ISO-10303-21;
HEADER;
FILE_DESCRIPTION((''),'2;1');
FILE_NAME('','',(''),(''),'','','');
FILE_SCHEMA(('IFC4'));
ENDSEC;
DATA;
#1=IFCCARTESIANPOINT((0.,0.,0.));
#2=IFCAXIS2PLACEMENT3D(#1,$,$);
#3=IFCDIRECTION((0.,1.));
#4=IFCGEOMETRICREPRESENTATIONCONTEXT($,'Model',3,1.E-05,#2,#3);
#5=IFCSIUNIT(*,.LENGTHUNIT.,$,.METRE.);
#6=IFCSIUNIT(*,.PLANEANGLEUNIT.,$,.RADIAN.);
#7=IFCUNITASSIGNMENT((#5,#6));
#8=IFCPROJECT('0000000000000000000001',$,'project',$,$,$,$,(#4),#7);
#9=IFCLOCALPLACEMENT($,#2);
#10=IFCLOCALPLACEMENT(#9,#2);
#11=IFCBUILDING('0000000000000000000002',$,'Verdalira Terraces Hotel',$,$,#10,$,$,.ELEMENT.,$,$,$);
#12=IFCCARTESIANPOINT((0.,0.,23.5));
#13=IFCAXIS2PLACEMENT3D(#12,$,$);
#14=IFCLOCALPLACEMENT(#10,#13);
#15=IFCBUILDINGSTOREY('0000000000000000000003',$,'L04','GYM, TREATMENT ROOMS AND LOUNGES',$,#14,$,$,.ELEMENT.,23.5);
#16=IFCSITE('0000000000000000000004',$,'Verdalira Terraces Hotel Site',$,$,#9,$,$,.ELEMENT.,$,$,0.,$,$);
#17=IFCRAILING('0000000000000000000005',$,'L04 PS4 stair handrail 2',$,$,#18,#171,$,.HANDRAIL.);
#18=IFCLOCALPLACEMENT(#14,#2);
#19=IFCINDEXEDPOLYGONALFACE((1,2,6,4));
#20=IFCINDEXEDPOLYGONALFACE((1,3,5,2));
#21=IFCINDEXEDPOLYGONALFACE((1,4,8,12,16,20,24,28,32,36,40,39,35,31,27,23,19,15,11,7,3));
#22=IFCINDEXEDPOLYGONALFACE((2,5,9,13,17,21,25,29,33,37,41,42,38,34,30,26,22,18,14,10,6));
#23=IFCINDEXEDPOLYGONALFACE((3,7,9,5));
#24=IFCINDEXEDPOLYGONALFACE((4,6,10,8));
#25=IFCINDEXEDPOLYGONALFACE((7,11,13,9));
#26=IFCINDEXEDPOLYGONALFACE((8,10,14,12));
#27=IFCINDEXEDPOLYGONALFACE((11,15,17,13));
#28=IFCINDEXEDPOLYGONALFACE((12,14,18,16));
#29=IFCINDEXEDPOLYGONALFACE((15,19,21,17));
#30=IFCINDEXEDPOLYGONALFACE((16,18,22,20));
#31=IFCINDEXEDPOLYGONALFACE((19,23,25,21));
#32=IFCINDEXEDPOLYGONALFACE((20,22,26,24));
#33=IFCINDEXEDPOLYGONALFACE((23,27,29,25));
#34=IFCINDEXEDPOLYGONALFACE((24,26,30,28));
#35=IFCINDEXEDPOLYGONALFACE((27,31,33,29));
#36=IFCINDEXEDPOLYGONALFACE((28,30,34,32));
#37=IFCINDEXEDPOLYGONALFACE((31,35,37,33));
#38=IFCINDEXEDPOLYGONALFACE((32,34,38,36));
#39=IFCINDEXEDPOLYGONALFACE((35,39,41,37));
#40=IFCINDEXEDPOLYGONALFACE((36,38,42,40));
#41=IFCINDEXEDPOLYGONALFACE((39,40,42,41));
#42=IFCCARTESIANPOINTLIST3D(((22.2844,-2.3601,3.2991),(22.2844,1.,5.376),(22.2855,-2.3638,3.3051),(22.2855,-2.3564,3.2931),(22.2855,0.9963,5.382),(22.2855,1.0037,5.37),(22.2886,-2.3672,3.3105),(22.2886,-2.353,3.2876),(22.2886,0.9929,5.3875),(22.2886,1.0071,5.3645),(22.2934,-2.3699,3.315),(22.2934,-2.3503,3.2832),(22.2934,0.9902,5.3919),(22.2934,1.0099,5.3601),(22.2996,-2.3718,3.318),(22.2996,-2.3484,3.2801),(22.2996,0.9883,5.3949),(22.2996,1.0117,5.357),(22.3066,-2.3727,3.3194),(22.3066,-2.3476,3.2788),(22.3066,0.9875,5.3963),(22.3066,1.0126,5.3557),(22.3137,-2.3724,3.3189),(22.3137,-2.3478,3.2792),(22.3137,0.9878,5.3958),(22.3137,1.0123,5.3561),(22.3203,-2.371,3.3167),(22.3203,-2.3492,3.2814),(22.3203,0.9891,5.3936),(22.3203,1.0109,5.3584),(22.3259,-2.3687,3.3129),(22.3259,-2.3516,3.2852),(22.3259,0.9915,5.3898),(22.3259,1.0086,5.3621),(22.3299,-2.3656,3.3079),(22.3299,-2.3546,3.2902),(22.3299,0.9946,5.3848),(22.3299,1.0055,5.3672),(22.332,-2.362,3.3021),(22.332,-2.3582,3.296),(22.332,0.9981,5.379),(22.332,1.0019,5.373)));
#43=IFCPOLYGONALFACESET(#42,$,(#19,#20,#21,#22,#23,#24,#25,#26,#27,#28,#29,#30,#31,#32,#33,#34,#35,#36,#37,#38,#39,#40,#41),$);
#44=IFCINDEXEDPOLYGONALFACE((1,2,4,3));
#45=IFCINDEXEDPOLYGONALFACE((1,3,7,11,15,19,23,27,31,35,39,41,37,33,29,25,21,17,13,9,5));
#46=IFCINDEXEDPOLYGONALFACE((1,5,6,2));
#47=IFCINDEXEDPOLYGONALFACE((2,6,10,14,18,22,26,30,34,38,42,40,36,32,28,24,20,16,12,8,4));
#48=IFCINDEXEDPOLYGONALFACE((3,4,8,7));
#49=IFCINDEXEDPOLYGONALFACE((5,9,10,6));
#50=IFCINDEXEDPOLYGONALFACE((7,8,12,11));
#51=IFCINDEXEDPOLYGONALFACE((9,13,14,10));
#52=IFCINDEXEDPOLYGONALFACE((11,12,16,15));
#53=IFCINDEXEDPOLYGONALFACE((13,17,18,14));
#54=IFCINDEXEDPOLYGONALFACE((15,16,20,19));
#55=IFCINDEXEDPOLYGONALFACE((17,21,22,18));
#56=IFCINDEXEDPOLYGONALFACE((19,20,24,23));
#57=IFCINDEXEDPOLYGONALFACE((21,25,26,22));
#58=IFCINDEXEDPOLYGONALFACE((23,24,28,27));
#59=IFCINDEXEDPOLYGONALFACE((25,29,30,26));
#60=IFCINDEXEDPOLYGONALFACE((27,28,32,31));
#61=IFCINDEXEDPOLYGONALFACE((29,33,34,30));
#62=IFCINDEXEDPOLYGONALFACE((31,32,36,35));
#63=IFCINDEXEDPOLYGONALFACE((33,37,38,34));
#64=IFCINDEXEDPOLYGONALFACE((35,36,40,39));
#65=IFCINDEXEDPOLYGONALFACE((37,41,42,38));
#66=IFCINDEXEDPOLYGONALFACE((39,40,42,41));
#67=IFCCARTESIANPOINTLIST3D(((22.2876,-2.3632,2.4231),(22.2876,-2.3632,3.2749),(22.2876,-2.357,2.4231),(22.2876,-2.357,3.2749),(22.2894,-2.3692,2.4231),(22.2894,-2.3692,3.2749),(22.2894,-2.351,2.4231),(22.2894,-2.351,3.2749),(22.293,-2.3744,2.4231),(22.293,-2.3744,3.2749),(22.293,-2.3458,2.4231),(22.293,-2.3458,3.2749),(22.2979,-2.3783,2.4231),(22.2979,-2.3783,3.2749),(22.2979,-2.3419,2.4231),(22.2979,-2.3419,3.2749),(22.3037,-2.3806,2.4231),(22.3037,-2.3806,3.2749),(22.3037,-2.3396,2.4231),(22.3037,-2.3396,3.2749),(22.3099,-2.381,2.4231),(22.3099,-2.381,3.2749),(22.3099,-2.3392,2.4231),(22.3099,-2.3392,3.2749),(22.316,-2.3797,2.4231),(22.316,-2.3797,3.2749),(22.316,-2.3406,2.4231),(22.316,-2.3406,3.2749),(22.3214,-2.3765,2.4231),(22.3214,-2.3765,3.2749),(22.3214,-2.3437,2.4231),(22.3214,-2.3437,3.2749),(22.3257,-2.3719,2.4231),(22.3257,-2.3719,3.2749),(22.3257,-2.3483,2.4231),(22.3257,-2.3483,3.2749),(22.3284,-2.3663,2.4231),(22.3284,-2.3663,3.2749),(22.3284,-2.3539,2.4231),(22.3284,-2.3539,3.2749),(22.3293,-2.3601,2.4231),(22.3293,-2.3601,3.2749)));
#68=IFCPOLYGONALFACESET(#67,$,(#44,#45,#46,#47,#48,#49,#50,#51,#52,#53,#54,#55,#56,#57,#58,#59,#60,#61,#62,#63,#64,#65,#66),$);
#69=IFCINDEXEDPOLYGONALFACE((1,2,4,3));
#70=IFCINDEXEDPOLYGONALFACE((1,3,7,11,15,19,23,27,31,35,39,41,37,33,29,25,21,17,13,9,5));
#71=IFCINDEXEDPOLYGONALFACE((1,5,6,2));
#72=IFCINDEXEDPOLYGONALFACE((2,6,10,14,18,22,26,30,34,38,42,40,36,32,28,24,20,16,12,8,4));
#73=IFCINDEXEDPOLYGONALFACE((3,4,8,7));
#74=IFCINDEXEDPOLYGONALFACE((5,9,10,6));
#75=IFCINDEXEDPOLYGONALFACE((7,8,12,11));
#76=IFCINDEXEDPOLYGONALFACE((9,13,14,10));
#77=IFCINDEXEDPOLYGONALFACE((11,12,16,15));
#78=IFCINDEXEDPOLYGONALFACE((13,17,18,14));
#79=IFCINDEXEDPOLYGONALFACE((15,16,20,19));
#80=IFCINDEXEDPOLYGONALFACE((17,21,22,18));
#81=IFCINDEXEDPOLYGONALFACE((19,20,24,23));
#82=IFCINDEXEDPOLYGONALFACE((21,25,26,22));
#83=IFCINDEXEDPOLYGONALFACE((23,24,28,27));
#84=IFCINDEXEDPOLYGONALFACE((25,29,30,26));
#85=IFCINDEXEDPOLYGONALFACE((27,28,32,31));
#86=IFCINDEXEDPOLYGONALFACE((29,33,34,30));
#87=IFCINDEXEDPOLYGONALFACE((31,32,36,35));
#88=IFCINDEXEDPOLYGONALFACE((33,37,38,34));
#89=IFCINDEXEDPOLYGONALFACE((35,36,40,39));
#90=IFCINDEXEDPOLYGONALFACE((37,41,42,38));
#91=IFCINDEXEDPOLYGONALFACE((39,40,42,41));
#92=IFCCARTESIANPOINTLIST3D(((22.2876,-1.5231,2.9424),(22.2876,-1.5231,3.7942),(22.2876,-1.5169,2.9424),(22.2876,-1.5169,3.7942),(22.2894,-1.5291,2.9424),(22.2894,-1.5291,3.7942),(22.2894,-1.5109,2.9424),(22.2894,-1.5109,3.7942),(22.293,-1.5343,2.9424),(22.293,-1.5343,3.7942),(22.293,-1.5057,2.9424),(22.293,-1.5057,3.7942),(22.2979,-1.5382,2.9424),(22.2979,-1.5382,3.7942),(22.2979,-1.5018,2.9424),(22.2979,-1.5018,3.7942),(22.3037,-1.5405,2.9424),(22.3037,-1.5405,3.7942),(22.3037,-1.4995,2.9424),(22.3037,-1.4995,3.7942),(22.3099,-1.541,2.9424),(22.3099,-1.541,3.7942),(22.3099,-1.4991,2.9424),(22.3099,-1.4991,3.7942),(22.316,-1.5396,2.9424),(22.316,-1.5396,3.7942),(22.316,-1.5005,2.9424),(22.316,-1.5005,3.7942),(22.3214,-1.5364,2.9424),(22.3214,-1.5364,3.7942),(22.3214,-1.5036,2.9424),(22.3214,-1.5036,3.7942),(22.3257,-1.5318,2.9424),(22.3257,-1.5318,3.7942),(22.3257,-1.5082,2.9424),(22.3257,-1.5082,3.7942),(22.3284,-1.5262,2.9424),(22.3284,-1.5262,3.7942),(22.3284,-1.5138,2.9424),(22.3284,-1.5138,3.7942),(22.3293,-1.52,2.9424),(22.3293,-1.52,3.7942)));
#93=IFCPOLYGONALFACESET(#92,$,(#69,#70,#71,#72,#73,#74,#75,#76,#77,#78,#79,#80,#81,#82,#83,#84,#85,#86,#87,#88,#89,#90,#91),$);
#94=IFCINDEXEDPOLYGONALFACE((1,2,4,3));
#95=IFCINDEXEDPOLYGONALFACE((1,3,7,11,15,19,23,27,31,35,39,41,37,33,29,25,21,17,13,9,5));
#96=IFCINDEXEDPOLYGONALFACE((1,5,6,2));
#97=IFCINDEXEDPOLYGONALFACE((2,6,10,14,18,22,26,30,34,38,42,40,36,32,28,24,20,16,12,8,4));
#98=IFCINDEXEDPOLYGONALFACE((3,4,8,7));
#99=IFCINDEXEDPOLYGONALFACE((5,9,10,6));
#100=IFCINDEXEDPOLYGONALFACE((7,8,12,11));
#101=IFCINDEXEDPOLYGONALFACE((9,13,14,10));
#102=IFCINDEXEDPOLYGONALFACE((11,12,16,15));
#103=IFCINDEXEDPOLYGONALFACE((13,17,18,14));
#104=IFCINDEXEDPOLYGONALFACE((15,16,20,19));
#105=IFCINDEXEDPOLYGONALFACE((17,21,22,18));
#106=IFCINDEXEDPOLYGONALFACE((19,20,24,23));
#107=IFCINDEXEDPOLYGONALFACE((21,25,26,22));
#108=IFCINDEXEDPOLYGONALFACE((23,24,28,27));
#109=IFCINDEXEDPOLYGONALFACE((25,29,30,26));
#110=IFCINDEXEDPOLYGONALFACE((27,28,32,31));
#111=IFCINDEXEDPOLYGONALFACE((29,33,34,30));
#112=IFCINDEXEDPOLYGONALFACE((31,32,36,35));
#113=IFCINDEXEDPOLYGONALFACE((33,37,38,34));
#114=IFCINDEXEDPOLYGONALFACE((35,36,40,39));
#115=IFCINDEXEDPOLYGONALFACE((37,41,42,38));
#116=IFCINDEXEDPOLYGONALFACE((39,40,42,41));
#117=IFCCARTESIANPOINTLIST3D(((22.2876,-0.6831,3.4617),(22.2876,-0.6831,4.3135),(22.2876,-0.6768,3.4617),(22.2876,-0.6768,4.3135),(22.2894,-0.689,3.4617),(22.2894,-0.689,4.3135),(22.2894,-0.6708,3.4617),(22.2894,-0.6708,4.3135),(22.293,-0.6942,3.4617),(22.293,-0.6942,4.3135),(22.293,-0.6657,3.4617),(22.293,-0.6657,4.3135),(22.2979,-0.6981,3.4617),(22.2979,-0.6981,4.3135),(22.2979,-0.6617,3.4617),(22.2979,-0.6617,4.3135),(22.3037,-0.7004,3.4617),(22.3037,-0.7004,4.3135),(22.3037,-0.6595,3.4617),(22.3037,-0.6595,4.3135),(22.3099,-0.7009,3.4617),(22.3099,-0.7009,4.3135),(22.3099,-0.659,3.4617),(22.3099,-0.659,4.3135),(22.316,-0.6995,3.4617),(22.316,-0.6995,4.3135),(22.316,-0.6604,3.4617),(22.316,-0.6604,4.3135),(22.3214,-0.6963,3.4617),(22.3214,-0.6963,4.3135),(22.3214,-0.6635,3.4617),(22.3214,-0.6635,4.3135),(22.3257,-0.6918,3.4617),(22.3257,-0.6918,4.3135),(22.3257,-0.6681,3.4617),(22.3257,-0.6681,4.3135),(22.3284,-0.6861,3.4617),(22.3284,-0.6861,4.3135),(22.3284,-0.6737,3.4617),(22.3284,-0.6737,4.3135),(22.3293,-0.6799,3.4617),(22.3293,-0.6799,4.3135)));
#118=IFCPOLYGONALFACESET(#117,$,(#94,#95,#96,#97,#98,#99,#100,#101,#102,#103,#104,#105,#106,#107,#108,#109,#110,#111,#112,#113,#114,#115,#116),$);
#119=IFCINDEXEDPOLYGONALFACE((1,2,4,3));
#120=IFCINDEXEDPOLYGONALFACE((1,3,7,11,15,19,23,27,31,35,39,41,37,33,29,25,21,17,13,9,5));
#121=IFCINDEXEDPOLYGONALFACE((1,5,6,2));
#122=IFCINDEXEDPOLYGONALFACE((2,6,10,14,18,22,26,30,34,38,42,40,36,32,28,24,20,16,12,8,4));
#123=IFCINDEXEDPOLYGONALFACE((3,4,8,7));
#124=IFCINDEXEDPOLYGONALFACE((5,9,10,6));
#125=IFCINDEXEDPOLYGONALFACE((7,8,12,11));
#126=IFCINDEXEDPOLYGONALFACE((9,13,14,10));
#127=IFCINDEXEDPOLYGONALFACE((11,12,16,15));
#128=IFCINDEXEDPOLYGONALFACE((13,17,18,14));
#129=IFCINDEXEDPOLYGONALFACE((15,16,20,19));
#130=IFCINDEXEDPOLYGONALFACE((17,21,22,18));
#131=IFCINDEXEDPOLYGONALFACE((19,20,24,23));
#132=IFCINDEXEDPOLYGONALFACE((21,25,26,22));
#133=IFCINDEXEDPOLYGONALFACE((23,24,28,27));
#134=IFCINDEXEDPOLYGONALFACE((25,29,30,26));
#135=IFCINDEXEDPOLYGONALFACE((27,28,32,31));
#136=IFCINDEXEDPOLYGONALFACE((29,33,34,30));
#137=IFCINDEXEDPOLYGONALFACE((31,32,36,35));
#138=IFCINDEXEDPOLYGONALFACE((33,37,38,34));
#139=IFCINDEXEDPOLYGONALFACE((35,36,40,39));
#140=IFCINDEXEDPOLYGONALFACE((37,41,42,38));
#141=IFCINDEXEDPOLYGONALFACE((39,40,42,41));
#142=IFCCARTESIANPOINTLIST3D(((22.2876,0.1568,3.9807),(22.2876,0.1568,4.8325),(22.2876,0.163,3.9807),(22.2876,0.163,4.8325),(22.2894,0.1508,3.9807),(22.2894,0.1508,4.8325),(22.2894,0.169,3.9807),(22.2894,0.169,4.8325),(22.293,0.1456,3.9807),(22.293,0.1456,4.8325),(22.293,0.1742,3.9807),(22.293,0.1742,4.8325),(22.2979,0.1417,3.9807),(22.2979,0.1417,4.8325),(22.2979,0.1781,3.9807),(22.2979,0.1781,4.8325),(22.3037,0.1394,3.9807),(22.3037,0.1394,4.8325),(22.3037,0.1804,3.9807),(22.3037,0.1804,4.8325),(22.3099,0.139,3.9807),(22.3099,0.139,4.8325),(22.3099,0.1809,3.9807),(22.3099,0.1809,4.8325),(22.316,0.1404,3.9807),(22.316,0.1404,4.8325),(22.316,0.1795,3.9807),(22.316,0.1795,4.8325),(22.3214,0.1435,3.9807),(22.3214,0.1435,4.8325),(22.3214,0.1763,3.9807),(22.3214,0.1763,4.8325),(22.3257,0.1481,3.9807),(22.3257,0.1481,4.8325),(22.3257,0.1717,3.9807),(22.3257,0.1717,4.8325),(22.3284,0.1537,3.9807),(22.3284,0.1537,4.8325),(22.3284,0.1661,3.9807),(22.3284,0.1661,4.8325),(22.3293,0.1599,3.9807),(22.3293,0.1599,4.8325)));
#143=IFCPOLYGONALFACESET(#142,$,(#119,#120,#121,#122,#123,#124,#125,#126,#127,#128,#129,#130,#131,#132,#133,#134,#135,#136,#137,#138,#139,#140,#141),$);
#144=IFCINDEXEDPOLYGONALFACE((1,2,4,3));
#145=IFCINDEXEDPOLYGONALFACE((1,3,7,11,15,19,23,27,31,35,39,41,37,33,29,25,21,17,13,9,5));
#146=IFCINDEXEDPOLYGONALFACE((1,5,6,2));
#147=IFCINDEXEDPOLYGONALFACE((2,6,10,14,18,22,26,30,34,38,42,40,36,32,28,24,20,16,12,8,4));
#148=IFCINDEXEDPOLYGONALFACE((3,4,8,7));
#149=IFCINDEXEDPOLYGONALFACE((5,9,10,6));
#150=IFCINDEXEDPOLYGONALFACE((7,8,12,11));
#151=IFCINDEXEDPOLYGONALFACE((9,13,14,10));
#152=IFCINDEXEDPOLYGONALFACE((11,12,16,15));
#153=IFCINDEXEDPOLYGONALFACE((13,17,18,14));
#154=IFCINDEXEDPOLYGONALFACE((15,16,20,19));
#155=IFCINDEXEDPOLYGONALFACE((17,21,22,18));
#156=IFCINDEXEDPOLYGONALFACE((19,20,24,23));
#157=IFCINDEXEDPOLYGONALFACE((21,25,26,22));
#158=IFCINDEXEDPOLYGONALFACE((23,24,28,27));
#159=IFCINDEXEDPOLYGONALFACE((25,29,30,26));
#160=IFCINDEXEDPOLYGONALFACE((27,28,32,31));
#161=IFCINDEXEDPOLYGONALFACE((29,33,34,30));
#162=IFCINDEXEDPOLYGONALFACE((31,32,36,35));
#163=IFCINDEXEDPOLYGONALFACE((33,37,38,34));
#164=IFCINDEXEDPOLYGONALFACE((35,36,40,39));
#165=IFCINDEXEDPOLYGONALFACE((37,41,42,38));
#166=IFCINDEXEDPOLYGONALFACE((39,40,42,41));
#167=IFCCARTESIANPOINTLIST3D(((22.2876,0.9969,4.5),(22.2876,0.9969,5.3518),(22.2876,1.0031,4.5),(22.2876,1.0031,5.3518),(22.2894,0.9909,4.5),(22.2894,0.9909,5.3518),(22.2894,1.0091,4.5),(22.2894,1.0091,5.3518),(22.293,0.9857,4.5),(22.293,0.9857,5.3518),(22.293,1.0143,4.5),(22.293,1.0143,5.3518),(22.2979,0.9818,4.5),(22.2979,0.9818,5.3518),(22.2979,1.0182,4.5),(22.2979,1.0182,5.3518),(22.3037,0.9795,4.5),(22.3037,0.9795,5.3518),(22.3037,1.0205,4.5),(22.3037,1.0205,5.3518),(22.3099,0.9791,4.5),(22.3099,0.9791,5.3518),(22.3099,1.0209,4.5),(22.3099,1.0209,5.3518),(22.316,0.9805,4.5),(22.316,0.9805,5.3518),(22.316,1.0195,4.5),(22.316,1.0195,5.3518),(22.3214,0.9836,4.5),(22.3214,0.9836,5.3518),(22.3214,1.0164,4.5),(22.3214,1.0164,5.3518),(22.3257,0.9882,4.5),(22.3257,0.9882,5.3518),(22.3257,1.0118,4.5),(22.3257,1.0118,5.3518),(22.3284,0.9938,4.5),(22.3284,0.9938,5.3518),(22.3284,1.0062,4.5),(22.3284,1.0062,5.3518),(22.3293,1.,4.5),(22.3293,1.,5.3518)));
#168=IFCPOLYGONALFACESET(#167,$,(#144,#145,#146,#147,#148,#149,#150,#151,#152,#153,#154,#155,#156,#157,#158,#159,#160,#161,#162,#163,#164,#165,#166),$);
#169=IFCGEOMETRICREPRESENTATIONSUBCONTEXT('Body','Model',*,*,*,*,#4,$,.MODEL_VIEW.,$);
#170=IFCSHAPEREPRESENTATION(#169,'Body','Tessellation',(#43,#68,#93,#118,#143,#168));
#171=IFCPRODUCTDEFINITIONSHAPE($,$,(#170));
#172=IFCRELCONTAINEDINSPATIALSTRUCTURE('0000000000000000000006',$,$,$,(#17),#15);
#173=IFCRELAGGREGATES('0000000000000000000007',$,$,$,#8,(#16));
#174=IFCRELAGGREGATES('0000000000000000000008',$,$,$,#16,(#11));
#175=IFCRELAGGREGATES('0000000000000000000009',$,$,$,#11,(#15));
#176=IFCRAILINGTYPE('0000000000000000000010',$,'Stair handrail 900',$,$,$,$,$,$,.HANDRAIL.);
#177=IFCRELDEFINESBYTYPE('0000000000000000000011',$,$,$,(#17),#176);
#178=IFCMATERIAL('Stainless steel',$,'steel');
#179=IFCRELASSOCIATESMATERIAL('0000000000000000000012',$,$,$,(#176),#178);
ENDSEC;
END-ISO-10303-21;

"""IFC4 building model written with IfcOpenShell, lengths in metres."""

from ifc_helpers import new_model, si_unit, direction, frame, origin, origin_2d, place, context, subcontext, project, spatial, circle, extrude, material, type_object, element, save


model = new_model("IFC4")

# Units and contexts
model_context = context("Model", 3, precision=1e-05, world=origin(), true_north=direction((0.0, 1.0)))
body_context = subcontext(model_context, "Body", "Model", "MODEL_VIEW")
ifc_project = project(units=[si_unit("LENGTHUNIT", "METRE"), si_unit("PLANEANGLEUNIT", "RADIAN")], contexts=[model_context])

# Site, building, storey
site_placement = place(None, origin())
site = spatial("IfcSite", under=ifc_project, at=site_placement, Name="Verdalira Terraces Hotel Site", CompositionType="ELEMENT", RefElevation=0.0)
building_placement = place(site_placement, origin())
building = spatial("IfcBuilding", under=site, at=building_placement, Name="Verdalira Terraces Hotel", CompositionType="ELEMENT")
storey_placement = place(building_placement, frame((0.0, 0.0, 23.5)))
storey = spatial("IfcBuildingStorey", under=building, at=storey_placement, Name="L04", Description="GYM, TREATMENT ROOMS AND LOUNGES", CompositionType="ELEMENT", Elevation=23.5)

# Railing
ifc_material_1 = material(Name="Stainless steel", Category="steel")
railing_type_1 = type_object("IfcRailingType", Name="Stair handrail 900", PredefinedType="HANDRAIL", material=ifc_material_1)
railing_1_placement = place(storey_placement, frame((22.3084, -2.3601, 2.4231)))
element("IfcRailing", 1, at=railing_1_placement, inside=storey, type_object=railing_type_1, Name="L04 PS4 stair handrail 2", PredefinedType="HANDRAIL", context=body_context, shape_type="SweptSolid", body=[
    extrude(circle(Radius=0.0239, at=origin_2d()), frame((0.0, 0.0, 0.876), z_axis=(0.0, 0.850623, 0.525776), x_axis=(-1.0, 0.0, 0.0)), (0.0, 0.0, 1.0), 3.9502),
    extrude(circle(Radius=0.021, at=origin_2d()), origin(), (0.0, 0.0, 1.0), 0.8518),
    extrude(circle(Radius=0.021, at=origin_2d()), frame((0.0, 0.8401, 0.5193)), (0.0, 0.0, 1.0), 0.8518),
    extrude(circle(Radius=0.021, at=origin_2d()), frame((0.0, 1.6802, 1.0386)), (0.0, 0.0, 1.0), 0.8518),
    extrude(circle(Radius=0.021, at=origin_2d()), frame((0.0, 2.52, 1.5576)), (0.0, 0.0, 1.0), 0.8518),
    extrude(circle(Radius=0.021, at=origin_2d()), frame((0.0, 3.3601, 2.0769)), (0.0, 0.0, 1.0), 0.8518),
])

save(model, "model.ifc")
